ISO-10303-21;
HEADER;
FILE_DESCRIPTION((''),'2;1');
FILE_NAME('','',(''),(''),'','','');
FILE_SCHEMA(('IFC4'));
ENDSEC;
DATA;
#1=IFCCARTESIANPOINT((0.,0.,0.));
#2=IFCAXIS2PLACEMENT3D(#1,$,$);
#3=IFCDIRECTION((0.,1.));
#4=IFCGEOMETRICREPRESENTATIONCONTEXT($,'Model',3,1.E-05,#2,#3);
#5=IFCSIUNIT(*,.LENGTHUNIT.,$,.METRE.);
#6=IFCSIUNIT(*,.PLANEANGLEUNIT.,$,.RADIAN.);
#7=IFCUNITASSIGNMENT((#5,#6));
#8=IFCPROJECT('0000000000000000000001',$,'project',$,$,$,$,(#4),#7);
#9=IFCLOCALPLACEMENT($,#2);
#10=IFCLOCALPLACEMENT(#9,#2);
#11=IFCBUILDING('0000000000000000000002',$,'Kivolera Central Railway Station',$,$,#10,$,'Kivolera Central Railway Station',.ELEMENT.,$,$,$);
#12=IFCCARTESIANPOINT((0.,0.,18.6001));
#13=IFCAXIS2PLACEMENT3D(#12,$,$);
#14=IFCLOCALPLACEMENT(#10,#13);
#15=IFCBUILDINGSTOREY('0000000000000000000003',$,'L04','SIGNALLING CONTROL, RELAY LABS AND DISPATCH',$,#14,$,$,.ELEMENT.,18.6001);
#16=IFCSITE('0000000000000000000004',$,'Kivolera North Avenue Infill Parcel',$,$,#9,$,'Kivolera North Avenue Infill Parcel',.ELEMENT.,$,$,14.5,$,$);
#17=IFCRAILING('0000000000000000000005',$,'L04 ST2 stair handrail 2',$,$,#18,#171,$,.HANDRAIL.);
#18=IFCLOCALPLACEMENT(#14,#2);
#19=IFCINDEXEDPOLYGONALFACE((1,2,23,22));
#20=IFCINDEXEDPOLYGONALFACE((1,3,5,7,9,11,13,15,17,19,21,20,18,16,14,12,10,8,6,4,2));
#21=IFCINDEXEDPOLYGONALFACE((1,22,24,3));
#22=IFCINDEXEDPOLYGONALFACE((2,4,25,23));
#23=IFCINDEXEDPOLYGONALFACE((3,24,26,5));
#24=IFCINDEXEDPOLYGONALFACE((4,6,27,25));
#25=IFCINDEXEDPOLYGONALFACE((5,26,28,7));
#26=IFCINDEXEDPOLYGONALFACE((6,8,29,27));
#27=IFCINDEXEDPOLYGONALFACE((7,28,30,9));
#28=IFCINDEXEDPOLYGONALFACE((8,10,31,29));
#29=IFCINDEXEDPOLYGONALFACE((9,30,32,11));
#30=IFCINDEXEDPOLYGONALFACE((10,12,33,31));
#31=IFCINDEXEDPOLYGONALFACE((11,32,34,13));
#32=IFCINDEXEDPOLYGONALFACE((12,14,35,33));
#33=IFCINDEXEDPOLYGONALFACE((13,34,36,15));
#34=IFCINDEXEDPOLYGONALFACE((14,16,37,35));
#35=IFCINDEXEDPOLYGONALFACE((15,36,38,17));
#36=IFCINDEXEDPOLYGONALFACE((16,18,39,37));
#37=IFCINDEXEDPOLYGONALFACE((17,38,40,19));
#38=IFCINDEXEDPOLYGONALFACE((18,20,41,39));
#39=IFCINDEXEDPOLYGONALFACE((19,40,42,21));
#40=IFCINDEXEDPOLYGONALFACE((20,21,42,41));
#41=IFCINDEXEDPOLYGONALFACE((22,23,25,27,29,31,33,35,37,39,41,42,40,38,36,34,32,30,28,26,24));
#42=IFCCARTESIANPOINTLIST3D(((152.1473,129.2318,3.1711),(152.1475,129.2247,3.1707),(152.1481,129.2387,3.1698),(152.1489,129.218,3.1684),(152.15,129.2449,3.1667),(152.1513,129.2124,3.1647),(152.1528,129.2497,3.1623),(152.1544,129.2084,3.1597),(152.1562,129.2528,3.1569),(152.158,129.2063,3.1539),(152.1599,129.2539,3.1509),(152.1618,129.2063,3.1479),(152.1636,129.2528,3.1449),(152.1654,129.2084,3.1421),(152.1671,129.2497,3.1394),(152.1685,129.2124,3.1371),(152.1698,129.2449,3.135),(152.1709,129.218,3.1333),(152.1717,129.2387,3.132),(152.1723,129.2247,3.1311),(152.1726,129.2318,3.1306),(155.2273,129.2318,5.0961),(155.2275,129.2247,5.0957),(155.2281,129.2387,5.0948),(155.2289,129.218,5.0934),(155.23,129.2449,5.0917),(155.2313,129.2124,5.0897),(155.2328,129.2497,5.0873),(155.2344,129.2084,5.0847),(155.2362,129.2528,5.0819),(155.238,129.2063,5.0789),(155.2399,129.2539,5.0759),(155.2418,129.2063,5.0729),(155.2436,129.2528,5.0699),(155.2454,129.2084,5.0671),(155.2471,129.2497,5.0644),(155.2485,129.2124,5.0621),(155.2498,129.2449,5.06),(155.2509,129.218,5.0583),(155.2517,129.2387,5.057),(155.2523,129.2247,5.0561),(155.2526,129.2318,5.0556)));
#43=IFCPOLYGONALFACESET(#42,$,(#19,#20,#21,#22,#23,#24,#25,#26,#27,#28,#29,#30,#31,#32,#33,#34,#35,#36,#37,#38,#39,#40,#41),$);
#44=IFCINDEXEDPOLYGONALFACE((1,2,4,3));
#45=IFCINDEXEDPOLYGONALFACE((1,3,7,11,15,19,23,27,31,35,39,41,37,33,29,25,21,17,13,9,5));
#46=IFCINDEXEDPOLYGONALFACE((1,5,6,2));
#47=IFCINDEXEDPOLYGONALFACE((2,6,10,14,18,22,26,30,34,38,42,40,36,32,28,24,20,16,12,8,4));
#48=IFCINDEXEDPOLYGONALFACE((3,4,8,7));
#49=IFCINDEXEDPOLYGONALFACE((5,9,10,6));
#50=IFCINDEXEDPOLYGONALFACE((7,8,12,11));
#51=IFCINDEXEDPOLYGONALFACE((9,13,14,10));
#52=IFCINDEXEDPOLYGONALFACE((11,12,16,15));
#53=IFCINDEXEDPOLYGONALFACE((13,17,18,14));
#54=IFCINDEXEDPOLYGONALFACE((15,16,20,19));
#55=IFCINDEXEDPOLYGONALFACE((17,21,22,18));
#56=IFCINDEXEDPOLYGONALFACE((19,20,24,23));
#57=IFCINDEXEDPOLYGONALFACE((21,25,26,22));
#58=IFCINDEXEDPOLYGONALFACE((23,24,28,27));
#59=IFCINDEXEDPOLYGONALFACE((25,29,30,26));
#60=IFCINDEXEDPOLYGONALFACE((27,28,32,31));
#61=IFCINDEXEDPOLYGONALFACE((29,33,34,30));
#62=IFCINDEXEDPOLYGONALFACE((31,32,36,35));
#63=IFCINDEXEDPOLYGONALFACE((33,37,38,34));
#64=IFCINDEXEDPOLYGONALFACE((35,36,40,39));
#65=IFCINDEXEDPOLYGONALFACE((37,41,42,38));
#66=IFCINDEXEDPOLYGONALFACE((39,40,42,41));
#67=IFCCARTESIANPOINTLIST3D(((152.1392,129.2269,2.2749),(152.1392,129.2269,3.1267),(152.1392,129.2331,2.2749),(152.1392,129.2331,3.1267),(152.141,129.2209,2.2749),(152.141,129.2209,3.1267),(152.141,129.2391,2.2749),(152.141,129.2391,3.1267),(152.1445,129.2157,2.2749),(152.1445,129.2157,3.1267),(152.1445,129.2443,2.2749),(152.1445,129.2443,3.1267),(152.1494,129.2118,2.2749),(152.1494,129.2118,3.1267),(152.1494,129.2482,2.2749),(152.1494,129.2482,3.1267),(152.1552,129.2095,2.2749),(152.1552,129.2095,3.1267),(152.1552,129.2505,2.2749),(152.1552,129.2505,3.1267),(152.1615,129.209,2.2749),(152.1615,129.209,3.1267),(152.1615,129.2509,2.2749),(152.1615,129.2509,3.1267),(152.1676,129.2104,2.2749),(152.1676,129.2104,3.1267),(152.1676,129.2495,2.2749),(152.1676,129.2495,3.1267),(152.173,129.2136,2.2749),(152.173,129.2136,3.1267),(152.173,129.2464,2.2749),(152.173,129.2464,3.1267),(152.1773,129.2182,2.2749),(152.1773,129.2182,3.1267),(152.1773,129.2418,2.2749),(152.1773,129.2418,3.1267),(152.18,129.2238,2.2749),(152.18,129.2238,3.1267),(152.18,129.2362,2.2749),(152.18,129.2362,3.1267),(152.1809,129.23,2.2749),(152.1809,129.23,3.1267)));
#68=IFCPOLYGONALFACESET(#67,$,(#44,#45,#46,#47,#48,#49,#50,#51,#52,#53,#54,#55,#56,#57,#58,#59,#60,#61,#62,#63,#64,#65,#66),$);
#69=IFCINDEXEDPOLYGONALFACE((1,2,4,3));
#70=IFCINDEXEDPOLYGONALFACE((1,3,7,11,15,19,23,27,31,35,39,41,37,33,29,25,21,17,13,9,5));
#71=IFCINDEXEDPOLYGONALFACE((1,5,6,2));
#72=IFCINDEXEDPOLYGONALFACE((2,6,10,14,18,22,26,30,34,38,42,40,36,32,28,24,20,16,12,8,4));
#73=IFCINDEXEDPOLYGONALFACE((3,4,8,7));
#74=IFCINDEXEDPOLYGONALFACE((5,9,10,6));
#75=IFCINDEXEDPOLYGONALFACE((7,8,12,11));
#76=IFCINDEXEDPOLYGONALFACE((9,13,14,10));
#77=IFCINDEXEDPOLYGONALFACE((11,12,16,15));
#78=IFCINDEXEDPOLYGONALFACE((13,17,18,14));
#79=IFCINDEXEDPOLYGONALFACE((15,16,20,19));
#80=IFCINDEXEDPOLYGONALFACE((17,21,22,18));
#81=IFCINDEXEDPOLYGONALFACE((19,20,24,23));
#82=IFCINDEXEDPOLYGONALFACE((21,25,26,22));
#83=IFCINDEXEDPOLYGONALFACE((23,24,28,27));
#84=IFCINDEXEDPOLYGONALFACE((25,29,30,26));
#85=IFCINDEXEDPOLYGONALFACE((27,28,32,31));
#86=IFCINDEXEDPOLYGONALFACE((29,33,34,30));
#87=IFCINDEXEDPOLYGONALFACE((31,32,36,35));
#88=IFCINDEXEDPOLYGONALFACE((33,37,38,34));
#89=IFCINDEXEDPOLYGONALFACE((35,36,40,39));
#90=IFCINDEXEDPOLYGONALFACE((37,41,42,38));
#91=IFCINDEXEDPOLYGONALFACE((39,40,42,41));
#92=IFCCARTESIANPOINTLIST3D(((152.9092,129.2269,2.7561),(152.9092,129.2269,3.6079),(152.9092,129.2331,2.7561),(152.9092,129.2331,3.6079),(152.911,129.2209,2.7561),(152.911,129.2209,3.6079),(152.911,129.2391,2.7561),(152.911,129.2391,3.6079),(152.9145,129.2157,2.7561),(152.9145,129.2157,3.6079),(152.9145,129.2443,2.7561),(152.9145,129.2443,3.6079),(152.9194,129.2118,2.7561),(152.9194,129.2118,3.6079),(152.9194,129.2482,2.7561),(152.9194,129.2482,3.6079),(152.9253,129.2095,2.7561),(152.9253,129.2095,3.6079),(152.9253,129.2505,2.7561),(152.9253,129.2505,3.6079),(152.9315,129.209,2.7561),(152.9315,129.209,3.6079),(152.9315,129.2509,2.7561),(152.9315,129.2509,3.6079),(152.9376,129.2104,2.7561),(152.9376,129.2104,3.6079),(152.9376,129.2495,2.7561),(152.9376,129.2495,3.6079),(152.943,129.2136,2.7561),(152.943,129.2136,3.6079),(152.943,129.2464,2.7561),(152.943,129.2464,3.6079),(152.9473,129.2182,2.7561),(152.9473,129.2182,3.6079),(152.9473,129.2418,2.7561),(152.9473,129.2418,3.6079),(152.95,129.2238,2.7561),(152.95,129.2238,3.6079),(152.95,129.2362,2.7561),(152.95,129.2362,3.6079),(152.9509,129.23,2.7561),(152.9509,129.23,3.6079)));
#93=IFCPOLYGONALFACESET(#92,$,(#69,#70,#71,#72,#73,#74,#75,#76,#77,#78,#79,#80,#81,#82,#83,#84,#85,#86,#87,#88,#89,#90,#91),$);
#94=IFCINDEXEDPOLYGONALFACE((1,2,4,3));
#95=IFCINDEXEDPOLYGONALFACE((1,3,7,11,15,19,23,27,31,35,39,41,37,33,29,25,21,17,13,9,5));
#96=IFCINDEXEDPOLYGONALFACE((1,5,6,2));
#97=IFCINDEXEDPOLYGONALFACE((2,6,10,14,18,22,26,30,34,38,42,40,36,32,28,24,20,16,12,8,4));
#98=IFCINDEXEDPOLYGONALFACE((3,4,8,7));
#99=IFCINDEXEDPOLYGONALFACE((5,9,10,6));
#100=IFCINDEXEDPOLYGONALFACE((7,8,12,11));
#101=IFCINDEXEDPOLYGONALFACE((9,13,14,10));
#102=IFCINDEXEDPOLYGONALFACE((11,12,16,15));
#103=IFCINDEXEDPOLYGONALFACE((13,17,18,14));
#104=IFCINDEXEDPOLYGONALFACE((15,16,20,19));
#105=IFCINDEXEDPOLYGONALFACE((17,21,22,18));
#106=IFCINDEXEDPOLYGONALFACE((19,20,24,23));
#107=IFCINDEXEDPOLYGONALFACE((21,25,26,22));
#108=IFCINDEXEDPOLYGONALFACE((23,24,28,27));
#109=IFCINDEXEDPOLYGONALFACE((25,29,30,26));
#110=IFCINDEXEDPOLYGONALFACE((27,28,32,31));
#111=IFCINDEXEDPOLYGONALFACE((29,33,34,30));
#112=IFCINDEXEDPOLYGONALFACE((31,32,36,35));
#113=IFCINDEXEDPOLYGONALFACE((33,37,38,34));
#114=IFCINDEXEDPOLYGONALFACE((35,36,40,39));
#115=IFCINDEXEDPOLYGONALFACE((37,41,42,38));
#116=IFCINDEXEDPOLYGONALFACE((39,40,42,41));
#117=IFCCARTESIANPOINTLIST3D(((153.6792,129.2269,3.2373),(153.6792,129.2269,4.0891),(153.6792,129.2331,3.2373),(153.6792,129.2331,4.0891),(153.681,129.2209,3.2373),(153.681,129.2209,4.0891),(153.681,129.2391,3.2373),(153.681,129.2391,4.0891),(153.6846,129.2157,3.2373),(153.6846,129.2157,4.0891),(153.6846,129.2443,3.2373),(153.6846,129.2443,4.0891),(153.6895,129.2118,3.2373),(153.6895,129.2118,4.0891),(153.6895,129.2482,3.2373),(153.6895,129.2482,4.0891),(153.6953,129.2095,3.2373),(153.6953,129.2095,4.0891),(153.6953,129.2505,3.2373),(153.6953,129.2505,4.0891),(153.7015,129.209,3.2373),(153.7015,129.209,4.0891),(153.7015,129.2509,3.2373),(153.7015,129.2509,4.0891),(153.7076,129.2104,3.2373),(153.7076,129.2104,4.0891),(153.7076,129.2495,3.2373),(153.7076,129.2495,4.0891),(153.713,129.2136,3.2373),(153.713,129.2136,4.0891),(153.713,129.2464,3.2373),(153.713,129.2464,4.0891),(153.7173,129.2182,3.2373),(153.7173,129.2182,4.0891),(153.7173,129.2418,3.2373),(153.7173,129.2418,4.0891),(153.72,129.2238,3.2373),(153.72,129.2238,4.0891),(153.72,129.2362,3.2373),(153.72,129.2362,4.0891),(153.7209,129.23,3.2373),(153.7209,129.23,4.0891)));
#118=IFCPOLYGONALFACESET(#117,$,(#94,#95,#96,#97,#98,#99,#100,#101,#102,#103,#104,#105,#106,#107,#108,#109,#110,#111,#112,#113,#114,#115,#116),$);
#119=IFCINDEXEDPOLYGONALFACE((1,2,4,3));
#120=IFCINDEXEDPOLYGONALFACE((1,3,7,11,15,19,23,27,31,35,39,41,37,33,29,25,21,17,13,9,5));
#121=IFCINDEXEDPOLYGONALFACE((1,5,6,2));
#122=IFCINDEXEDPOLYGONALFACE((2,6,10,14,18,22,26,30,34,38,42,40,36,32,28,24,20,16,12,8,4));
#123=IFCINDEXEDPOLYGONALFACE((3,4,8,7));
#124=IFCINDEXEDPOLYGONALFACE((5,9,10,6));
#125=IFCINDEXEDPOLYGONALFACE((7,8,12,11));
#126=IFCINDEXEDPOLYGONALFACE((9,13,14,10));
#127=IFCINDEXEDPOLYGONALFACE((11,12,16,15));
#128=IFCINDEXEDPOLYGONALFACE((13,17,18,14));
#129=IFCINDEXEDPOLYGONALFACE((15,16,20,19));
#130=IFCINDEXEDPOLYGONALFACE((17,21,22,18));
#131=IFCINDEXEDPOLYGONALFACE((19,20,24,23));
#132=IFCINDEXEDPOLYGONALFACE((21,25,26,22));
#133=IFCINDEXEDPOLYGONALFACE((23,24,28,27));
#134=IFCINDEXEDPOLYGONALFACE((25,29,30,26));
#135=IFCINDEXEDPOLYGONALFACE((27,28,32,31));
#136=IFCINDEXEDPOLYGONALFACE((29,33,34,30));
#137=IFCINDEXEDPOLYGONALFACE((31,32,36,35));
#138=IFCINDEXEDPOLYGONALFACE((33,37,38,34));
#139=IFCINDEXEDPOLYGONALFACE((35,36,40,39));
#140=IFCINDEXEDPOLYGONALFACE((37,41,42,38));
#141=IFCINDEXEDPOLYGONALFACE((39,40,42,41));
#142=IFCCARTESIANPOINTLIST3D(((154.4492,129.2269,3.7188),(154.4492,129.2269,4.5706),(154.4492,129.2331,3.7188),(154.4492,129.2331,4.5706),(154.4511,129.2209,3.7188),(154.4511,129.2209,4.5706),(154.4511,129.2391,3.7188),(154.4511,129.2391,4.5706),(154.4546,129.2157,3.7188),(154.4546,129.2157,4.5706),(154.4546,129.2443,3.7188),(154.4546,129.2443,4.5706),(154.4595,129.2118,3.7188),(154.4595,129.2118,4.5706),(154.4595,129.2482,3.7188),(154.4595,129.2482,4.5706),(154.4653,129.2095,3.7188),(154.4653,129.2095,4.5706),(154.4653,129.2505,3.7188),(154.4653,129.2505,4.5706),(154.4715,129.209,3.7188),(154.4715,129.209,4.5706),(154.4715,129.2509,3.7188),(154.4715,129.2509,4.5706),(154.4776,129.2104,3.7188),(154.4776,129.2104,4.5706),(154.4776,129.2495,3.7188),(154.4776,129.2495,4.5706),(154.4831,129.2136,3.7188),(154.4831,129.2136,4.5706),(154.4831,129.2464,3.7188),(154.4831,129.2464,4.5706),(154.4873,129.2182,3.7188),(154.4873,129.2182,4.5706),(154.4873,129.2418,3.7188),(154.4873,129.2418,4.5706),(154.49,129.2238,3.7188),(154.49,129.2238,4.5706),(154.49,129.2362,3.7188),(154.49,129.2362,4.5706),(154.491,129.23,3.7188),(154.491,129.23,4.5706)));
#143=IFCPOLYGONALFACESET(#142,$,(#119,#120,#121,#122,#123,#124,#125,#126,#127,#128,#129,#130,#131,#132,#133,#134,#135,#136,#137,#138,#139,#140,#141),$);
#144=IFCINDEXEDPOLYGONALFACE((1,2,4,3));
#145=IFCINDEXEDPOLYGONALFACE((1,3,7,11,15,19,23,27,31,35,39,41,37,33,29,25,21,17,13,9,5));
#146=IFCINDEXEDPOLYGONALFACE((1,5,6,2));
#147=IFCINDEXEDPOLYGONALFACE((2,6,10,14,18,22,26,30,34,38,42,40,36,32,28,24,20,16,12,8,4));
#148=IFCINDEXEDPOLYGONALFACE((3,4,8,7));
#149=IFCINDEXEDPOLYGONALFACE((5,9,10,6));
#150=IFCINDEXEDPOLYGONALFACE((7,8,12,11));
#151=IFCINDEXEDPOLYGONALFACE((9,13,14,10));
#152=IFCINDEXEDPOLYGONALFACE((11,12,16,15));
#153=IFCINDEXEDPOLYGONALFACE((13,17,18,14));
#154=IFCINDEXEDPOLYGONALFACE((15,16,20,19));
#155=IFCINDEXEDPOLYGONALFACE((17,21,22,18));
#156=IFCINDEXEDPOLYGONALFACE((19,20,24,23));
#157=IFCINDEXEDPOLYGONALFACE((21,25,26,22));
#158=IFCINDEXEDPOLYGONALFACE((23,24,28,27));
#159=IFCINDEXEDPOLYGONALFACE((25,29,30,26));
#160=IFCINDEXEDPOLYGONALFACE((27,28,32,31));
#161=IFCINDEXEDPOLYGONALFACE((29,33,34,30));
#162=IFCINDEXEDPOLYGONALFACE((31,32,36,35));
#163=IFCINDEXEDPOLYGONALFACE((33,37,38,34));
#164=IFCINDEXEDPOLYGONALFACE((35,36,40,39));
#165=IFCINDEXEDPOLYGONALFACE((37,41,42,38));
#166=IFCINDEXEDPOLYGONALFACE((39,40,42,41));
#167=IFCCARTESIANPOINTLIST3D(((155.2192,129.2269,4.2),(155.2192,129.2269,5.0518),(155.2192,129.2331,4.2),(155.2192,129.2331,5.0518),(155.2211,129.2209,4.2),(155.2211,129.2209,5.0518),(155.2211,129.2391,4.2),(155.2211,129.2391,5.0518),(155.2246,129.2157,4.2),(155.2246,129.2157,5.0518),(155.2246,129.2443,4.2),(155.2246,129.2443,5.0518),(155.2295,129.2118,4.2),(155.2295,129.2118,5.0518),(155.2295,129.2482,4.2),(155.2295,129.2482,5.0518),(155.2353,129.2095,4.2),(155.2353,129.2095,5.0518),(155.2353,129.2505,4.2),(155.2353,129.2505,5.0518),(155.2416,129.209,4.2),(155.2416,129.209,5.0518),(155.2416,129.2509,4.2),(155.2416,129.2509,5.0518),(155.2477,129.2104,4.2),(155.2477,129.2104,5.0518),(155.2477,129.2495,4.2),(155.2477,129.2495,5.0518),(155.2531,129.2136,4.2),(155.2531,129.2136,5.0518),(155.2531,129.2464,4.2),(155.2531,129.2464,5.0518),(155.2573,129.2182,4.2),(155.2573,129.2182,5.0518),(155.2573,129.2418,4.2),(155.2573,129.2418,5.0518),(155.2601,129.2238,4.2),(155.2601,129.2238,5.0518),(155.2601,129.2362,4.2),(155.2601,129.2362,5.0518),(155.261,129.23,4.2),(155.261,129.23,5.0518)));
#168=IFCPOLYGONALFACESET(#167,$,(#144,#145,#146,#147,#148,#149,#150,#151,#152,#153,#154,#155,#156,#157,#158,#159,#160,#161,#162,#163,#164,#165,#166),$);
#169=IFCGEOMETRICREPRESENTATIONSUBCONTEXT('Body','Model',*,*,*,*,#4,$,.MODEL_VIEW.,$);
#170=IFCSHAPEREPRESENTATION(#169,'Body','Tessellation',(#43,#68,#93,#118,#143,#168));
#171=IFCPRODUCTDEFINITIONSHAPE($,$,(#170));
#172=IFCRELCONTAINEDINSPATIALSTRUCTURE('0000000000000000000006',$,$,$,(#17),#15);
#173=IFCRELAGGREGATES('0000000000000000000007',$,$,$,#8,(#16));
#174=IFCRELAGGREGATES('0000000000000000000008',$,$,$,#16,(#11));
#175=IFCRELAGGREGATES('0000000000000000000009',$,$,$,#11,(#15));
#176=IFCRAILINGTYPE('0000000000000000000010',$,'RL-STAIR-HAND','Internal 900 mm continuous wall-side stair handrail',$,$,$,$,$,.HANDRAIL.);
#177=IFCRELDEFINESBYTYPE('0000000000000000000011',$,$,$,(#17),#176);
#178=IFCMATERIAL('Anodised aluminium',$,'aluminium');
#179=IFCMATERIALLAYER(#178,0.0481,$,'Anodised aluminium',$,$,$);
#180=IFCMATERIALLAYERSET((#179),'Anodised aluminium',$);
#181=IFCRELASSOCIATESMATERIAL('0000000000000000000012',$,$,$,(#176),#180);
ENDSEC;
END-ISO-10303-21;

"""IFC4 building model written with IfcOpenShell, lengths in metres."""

from ifc_helpers import new_model, si_unit, direction, frame, origin, origin_2d, place, context, subcontext, project, spatial, circle, extrude, material, layer, layer_set, type_object, element, save


model = new_model("IFC4")

# Units and contexts
model_context = context("Model", 3, precision=1e-05, world=origin(), true_north=direction((0.0, 1.0)))
body_context = subcontext(model_context, "Body", "Model", "MODEL_VIEW")
ifc_project = project(units=[si_unit("LENGTHUNIT", "METRE"), si_unit("PLANEANGLEUNIT", "RADIAN")], contexts=[model_context])

# Site, building, storey
site_placement = place(None, origin())
site = spatial("IfcSite", under=ifc_project, at=site_placement, Name="Kivolera North Avenue Infill Parcel", LongName="Kivolera North Avenue Infill Parcel", CompositionType="ELEMENT", RefElevation=14.5)
building_placement = place(site_placement, origin())
building = spatial("IfcBuilding", under=site, at=building_placement, Name="Kivolera Central Railway Station", LongName="Kivolera Central Railway Station", CompositionType="ELEMENT")
storey_placement = place(building_placement, frame((0.0, 0.0, 18.6001)))
storey = spatial("IfcBuildingStorey", under=building, at=storey_placement, Name="L04", Description="SIGNALLING CONTROL, RELAY LABS AND DISPATCH", CompositionType="ELEMENT", Elevation=18.6001)

# Shared definitions
ifc_material_1 = material(Name="Anodised aluminium", Category="aluminium")

# Railing
ifc_layer_1 = layer(ifc_material_1, 0.0481, Name="Anodised aluminium")
ifc_layer_set_1 = layer_set([ifc_layer_1], Name="Anodised aluminium")
railing_type_1 = type_object("IfcRailingType", Name="RL-STAIR-HAND", Description="Internal 900 mm continuous wall-side stair handrail", PredefinedType="HANDRAIL", material=ifc_layer_set_1)
railing_1_placement = place(storey_placement, frame((152.1599, 129.23, 2.2749)))
element("IfcRailing", 1, at=railing_1_placement, inside=storey, type_object=railing_type_1, Name="L04 ST2 stair handrail 2", PredefinedType="HANDRAIL", context=body_context, shape_type="SweptSolid", body=[
    extrude(circle(Radius=0.0239, at=origin_2d()), frame((0.0, 0.0, 0.876), z_axis=(0.847998, 0.0, 0.529999), x_axis=(0.0, 1.0, 0.0)), (0.0, 0.0, 1.0), 3.6321),
    extrude(circle(Radius=0.021, at=origin_2d()), origin(), (0.0, 0.0, 1.0), 0.8518),
    extrude(circle(Radius=0.021, at=origin_2d()), frame((0.77, 0.0, 0.4812)), (0.0, 0.0, 1.0), 0.8518),
    extrude(circle(Radius=0.021, at=origin_2d()), frame((1.54, 0.0, 0.9624)), (0.0, 0.0, 1.0), 0.8518),
    extrude(circle(Radius=0.021, at=origin_2d()), frame((2.3101, 0.0, 1.4438)), (0.0, 0.0, 1.0), 0.8518),
    extrude(circle(Radius=0.021, at=origin_2d()), frame((3.0801, 0.0, 1.925)), (0.0, 0.0, 1.0), 0.8518),
])

save(model, "model.ifc")
